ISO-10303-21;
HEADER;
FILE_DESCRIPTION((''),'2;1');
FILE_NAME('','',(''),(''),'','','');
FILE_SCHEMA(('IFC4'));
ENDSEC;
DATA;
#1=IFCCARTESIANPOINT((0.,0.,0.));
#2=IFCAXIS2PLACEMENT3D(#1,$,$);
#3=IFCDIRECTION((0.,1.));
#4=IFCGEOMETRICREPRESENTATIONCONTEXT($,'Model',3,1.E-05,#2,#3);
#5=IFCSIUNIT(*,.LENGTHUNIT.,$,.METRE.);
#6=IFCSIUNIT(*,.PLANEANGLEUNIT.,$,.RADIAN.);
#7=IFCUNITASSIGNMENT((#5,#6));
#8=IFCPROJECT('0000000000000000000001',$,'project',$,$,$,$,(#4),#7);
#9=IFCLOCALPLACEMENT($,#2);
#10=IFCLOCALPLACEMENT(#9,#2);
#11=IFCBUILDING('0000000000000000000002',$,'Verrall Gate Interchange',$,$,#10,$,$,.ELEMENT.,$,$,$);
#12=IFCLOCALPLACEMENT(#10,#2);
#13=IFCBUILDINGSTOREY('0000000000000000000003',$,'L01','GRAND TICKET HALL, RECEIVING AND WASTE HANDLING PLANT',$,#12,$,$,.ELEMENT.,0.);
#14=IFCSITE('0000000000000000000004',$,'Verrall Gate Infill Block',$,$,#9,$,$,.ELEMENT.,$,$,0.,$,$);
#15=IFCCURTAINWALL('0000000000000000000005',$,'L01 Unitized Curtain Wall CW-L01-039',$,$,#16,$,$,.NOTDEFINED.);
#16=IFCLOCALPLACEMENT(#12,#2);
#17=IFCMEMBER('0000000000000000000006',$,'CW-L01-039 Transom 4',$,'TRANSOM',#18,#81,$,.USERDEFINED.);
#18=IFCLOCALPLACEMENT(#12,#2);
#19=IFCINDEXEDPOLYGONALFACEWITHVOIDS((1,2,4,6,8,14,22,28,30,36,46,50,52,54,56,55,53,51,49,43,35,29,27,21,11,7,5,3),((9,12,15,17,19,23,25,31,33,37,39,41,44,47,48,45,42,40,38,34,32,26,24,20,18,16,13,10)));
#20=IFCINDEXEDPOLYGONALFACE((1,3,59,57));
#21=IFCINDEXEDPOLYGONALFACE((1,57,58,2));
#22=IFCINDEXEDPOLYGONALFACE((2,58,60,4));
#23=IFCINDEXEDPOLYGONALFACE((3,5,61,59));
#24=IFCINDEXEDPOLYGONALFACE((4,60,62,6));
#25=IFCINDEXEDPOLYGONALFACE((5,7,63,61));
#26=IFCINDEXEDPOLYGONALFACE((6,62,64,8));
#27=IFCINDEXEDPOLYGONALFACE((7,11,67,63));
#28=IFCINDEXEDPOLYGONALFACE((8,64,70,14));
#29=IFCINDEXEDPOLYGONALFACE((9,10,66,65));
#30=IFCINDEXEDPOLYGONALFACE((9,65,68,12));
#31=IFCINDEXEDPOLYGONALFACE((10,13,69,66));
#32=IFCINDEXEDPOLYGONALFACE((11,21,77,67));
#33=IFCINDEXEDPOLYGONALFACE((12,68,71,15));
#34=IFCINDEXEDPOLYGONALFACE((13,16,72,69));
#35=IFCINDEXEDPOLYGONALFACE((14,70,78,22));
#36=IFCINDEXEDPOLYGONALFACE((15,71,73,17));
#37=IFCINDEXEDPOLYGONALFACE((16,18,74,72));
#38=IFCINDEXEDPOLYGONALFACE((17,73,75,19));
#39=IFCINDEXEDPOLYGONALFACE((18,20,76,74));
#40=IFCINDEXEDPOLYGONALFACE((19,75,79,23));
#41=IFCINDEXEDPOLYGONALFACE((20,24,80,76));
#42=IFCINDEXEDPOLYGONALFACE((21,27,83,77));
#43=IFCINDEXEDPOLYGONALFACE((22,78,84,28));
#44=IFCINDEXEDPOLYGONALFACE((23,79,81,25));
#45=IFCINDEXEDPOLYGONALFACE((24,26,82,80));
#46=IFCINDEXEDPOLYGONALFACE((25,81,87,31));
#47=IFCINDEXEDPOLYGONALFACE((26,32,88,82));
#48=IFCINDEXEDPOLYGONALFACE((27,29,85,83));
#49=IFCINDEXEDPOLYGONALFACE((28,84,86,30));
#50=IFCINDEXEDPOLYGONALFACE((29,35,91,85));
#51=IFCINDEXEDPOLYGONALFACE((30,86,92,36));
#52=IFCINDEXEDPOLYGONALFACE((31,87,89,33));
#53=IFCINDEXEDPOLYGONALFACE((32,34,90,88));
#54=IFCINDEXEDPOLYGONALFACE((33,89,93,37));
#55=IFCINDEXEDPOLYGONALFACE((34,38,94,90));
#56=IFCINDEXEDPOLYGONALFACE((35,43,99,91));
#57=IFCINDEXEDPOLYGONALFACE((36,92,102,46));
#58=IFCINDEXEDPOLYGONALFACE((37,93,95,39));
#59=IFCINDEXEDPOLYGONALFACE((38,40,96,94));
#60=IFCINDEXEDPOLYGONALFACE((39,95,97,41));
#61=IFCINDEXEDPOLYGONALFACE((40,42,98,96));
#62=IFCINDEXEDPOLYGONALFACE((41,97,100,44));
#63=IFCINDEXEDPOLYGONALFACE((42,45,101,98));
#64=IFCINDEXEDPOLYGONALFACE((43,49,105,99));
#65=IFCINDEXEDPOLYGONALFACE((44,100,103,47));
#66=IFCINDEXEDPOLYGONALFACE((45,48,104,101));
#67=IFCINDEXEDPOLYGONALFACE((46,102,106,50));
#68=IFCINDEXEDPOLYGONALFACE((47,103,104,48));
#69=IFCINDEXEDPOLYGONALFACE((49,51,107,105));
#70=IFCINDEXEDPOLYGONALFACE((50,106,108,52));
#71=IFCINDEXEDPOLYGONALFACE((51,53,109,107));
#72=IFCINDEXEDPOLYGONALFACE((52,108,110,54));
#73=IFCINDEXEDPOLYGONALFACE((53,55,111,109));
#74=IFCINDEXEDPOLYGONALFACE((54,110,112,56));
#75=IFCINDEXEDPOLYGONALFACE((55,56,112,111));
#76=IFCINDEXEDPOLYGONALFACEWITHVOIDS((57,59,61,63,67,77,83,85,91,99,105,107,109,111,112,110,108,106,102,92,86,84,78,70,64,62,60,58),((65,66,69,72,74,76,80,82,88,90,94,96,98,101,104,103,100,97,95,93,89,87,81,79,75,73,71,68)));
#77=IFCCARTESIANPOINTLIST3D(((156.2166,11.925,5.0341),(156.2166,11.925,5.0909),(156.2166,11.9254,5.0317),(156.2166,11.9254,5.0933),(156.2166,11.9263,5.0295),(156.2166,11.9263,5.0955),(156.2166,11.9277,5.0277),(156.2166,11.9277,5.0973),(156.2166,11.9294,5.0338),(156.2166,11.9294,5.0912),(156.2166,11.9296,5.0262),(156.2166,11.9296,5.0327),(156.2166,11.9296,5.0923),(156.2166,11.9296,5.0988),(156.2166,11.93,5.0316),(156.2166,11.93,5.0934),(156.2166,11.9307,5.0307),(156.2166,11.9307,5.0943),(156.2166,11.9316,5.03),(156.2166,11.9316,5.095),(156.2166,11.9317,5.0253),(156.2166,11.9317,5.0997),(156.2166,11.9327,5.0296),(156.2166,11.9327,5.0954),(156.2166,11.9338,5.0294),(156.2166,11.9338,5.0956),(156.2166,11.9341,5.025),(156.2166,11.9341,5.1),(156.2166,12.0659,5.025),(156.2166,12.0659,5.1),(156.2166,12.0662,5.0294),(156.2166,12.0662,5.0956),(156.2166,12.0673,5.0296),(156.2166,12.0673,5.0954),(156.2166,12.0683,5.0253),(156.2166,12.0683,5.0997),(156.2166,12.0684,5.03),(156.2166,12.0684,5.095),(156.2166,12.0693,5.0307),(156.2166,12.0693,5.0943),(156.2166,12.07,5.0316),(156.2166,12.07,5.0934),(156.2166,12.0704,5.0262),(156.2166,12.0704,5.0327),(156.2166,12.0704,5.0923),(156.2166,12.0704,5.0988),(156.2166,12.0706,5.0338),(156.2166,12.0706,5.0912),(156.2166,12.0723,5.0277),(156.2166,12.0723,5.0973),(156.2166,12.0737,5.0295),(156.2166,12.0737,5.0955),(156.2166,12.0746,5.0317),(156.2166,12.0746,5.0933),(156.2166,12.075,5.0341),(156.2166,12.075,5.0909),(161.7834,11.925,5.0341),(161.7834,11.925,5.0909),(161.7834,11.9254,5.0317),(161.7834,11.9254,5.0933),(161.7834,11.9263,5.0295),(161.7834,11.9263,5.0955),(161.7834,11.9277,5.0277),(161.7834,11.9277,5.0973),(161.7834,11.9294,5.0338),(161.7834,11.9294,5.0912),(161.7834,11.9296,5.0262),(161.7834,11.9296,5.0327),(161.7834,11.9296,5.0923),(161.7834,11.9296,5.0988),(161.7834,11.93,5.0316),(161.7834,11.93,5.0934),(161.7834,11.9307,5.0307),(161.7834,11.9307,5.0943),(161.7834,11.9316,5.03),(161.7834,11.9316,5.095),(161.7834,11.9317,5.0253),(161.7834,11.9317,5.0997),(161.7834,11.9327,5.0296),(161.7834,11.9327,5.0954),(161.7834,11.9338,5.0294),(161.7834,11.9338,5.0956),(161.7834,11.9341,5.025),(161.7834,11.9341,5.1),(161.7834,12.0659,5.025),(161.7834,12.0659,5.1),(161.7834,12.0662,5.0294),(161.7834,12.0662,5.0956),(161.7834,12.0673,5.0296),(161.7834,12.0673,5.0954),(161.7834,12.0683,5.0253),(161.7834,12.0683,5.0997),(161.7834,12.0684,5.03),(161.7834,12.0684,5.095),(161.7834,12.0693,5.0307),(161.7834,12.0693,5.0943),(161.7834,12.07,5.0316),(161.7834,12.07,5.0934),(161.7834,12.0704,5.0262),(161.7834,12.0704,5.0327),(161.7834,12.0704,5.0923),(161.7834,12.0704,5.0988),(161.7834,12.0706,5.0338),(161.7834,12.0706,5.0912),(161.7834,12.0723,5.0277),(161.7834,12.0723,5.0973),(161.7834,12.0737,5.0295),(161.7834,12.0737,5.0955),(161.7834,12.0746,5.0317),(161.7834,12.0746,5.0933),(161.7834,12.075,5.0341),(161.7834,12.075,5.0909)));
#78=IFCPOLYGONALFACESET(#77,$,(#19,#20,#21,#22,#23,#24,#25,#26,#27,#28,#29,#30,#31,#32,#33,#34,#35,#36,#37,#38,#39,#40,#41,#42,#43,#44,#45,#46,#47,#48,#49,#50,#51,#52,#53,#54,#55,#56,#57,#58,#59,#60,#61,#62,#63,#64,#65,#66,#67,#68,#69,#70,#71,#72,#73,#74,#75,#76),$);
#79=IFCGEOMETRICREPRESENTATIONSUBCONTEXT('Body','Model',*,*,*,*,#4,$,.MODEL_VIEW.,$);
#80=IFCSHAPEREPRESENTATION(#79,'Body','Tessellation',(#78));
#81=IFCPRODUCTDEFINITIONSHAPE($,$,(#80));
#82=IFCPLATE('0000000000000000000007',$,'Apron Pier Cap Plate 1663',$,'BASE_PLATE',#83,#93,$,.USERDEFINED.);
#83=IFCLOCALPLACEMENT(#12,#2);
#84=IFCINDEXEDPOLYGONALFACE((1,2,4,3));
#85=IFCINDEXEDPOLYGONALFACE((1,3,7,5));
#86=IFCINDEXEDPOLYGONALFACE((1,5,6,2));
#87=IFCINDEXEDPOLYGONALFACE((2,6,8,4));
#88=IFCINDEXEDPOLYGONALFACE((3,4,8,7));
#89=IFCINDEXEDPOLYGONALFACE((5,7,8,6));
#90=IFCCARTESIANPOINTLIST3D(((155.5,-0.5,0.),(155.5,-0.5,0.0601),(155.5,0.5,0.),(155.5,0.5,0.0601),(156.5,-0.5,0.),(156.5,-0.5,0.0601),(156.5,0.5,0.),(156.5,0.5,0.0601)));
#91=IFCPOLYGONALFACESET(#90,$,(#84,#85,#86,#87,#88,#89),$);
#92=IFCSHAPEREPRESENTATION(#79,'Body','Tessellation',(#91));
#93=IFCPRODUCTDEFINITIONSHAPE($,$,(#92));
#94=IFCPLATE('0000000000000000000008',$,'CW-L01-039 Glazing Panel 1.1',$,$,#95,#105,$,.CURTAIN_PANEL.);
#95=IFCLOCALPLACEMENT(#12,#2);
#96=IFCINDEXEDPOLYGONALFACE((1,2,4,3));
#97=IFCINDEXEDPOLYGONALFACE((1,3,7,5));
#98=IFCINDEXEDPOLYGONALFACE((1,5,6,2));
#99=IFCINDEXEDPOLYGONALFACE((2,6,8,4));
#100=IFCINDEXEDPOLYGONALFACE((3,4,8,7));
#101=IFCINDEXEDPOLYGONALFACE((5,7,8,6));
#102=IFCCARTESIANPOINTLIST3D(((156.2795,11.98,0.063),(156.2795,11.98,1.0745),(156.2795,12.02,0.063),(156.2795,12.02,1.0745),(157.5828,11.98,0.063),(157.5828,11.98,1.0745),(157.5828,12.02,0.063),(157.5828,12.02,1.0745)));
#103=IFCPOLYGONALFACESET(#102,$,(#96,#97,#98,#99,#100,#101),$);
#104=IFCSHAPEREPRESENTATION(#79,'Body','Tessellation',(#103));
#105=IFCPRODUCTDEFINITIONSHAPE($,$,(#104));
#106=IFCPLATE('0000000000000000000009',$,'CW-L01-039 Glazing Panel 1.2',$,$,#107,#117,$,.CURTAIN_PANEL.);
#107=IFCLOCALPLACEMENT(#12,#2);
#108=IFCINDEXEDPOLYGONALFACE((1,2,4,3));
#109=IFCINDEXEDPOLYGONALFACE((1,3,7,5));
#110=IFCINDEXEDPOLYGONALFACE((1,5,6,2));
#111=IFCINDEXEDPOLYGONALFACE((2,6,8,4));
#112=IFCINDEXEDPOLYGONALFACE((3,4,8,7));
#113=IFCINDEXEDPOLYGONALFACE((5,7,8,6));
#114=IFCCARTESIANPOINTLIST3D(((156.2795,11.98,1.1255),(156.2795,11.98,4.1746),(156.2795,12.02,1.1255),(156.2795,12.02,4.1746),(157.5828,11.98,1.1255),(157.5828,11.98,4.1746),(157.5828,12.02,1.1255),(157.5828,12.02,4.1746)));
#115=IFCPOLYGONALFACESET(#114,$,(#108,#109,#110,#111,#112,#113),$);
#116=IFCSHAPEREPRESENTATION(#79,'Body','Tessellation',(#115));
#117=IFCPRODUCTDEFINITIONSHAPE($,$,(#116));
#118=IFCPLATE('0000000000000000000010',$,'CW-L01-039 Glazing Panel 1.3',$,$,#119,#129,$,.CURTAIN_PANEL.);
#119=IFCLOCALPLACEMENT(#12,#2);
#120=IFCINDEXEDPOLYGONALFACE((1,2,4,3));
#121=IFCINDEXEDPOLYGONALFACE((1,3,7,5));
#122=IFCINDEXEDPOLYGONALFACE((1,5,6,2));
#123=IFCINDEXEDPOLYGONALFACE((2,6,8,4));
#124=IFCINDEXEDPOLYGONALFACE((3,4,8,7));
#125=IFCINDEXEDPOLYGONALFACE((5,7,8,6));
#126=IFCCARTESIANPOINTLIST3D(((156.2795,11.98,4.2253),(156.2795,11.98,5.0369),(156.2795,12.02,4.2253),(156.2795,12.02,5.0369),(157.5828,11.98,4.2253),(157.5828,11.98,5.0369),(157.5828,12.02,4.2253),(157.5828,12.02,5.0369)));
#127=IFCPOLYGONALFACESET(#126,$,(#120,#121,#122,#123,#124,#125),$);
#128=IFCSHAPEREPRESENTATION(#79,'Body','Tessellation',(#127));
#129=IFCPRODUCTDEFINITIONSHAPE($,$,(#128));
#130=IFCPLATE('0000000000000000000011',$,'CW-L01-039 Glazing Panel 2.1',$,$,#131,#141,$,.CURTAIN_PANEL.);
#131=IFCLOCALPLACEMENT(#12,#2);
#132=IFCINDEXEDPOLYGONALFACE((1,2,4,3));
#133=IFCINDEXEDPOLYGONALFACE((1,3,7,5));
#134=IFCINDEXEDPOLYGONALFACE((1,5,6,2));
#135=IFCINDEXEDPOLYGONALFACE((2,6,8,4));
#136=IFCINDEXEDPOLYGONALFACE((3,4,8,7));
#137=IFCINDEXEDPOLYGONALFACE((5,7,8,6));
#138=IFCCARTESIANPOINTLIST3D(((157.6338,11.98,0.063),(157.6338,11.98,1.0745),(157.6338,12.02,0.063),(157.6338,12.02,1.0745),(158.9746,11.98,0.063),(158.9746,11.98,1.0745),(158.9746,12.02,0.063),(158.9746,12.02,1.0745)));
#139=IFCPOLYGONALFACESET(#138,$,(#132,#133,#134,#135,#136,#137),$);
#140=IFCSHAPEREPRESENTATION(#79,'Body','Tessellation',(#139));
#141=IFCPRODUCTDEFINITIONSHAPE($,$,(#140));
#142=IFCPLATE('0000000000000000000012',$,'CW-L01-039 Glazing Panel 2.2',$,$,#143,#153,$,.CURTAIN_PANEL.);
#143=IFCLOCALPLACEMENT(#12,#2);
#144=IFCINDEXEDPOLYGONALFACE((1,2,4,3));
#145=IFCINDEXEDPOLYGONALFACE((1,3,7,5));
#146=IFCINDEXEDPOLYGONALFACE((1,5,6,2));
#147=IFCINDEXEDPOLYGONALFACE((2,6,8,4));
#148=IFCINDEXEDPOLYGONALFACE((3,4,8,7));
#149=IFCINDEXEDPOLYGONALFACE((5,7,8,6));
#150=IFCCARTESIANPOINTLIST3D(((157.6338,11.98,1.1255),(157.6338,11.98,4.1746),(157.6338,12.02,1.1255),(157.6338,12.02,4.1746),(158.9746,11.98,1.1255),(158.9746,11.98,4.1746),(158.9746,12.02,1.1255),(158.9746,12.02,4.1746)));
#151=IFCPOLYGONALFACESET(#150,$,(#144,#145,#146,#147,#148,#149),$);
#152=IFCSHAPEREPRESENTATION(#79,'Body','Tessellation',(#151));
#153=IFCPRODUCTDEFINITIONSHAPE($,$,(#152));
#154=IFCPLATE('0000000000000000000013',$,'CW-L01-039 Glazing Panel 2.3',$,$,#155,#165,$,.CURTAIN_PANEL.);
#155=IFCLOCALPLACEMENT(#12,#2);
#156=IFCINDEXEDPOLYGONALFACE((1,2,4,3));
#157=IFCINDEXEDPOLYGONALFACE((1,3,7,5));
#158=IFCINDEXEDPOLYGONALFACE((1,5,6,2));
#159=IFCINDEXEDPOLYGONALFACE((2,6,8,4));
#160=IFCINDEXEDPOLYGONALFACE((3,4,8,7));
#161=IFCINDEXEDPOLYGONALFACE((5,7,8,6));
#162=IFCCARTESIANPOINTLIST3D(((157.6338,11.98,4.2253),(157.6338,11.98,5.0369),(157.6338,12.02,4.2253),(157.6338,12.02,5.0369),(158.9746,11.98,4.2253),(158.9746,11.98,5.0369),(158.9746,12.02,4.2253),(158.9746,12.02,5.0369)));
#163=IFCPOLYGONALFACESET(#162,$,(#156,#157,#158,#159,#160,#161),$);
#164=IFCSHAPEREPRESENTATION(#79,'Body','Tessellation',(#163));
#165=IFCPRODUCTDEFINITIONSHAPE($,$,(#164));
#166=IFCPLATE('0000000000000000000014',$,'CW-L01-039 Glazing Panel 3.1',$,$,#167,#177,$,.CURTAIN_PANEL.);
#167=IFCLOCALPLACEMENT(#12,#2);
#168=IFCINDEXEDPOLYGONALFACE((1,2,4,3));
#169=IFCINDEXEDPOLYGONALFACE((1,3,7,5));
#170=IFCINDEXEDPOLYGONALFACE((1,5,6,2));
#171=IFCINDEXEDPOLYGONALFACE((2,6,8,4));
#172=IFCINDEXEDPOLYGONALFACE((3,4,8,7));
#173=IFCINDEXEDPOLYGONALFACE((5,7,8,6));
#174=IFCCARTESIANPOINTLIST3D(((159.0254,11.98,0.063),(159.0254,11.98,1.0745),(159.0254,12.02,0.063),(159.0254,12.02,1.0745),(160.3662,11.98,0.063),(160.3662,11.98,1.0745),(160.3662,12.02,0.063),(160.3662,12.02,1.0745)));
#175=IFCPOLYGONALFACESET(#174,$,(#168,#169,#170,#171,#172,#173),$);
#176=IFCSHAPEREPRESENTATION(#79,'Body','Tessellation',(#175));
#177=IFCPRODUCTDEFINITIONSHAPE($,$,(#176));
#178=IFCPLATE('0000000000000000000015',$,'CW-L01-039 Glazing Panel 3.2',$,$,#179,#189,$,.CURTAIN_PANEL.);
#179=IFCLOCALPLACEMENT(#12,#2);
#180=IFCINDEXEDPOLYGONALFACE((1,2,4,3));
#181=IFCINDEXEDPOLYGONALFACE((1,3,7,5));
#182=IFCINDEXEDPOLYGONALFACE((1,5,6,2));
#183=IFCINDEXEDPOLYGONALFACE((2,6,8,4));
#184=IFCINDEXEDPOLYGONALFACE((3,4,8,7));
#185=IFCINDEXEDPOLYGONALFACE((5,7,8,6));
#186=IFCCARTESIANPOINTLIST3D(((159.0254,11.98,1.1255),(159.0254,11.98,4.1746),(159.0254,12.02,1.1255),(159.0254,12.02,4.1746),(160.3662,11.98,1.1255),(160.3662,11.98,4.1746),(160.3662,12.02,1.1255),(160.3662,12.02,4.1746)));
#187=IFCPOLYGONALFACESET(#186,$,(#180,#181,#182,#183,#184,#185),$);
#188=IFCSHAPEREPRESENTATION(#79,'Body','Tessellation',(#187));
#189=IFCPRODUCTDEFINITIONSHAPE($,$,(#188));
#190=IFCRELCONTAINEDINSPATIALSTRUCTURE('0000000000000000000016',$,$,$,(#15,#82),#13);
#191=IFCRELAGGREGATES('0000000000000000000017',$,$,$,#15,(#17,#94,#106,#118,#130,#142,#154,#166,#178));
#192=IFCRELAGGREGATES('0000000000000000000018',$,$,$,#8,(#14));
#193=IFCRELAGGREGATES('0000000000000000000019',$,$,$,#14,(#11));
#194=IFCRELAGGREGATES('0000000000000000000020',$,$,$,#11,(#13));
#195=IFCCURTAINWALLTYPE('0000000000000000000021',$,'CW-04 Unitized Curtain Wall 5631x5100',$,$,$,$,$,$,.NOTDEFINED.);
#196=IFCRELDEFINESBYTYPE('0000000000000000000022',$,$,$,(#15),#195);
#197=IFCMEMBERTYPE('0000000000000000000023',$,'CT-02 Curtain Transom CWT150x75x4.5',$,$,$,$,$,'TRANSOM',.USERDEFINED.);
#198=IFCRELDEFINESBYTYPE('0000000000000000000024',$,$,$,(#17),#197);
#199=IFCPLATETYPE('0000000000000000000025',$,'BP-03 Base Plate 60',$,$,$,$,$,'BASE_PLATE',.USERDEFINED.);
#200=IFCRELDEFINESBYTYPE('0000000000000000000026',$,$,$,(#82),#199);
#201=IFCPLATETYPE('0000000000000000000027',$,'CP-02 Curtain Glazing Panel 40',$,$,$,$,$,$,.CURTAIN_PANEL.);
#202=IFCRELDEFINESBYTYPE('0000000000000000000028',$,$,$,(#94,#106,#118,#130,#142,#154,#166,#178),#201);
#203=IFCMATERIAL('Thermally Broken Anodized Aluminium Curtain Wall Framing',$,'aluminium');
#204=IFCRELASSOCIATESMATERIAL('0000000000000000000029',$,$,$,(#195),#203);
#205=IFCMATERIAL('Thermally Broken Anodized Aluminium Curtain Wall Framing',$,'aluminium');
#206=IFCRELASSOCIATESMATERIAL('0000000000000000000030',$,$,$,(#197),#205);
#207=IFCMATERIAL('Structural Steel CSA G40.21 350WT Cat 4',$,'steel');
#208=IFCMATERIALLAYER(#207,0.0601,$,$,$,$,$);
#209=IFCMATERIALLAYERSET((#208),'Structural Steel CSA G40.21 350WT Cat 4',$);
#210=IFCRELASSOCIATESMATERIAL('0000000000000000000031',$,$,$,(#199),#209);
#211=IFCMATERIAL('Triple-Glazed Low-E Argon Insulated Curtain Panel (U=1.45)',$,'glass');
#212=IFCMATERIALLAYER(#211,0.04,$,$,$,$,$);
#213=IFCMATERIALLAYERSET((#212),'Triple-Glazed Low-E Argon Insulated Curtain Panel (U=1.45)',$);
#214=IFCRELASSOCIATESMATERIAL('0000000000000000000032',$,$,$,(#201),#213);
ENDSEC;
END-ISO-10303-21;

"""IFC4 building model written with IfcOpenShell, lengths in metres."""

from ifc_helpers import new_model, si_unit, direction, frame, origin, origin_2d, place, context, subcontext, project, spatial, rectangle, hollow_rectangle, extrude, material, layer, layer_set, material_profile, profile_set, type_object, element, aggregate, save


model = new_model("IFC4")

# Units and contexts
model_context = context("Model", 3, precision=1e-05, world=origin(), true_north=direction((0.0, 1.0)))
body_context = subcontext(model_context, "Body", "Model", "MODEL_VIEW")
ifc_project = project(units=[si_unit("LENGTHUNIT", "METRE"), si_unit("PLANEANGLEUNIT", "RADIAN")], contexts=[model_context])

# Site, building, storey
site_placement = place(None, origin())
site = spatial("IfcSite", under=ifc_project, at=site_placement, Name="Verrall Gate Infill Block", CompositionType="ELEMENT", RefElevation=0.0)
building_placement = place(site_placement, origin())
building = spatial("IfcBuilding", under=site, at=building_placement, Name="Verrall Gate Interchange", CompositionType="ELEMENT")
storey_placement = place(building_placement, origin())
storey = spatial("IfcBuildingStorey", under=building, at=storey_placement, Name="L01", Description="GRAND TICKET HALL, RECEIVING AND WASTE HANDLING PLANT", CompositionType="ELEMENT", Elevation=0.0)

# Curtain wall, member
ifc_material_1 = material(Name="Thermally Broken Anodized Aluminium Curtain Wall Framing", Category="aluminium")
curtain_wall_type = type_object("IfcCurtainWallType", Name="CW-04 Unitized Curtain Wall 5631x5100", PredefinedType="NOTDEFINED", material=ifc_material_1)
curtain_wall_placement = place(storey_placement, origin())
curtain_wall = element("IfcCurtainWall", 1, at=curtain_wall_placement, inside=storey, type_object=curtain_wall_type, Name="L01 Unitized Curtain Wall CW-L01-039", PredefinedType="NOTDEFINED")
ifc_material_2 = material(Name="Thermally Broken Anodized Aluminium Curtain Wall Framing", Category="aluminium")
ifc_material_profile_1 = material_profile(ifc_material_2, hollow_rectangle(XDim=0.1499, YDim=0.075, WallThickness=0.0044, InnerFilletRadius=0.0044, OuterFilletRadius=0.009, at=origin_2d()), Name="CWT150x75x4.5")
ifc_profile_set_1 = profile_set([ifc_material_profile_1], Name="Thermally Broken Anodized Aluminium Curtain Wall Framing")
member_type_1 = type_object("IfcMemberType", Name="CT-02 Curtain Transom CWT150x75x4.5", ElementType="TRANSOM", PredefinedType="USERDEFINED", material=ifc_profile_set_1)
member_1_placement = place(storey_placement, frame((156.2166, 12.0, 5.0625), z_axis=(1.0, 0.0, 0.0), x_axis=(0.0, 1.0, 0.0)))
member_1 = element("IfcMember", 2, at=member_1_placement, type_object=member_type_1, Name="CW-L01-039 Transom 4", ObjectType="TRANSOM", PredefinedType="USERDEFINED", context=body_context, shape_type="SweptSolid", body=[
    extrude(hollow_rectangle(XDim=0.1499, YDim=0.075, WallThickness=0.0044, InnerFilletRadius=0.0044, OuterFilletRadius=0.009, at=origin_2d()), origin(), (0.0, 0.0, 1.0), 5.5669),
])

# Plates
ifc_material_3 = material(Name="Structural Steel CSA G40.21 350WT Cat 4", Category="steel")
ifc_layer_1 = layer(ifc_material_3, 0.0601)
ifc_layer_set_1 = layer_set([ifc_layer_1], Name="Structural Steel CSA G40.21 350WT Cat 4")
plate_type_1 = type_object("IfcPlateType", Name="BP-03 Base Plate 60", ElementType="BASE_PLATE", PredefinedType="USERDEFINED", material=ifc_layer_set_1)
plate_1_placement = place(storey_placement, frame((156.0, 0.0, 0.0), z_axis=(0.0, 0.0, 1.0), x_axis=(1.0, 0.0, 0.0)))
element("IfcPlate", 3, at=plate_1_placement, inside=storey, type_object=plate_type_1, Name="Apron Pier Cap Plate 1663", ObjectType="BASE_PLATE", PredefinedType="USERDEFINED", context=body_context, shape_type="SweptSolid", body=[
    extrude(rectangle(XDim=1.0, YDim=1.0, at=origin_2d()), origin(), (0.0, 0.0, 1.0), 0.0601),
])
ifc_material_4 = material(Name="Triple-Glazed Low-E Argon Insulated Curtain Panel (U=1.45)", Category="glass")
ifc_layer_2 = layer(ifc_material_4, 0.04)
ifc_layer_set_2 = layer_set([ifc_layer_2], Name="Triple-Glazed Low-E Argon Insulated Curtain Panel (U=1.45)")
plate_type_2 = type_object("IfcPlateType", Name="CP-02 Curtain Glazing Panel 40", PredefinedType="CURTAIN_PANEL", material=ifc_layer_set_2)
plate_2_placement = place(storey_placement, frame((156.9312, 12.0, 0.063), z_axis=(0.0, 0.0, 1.0), x_axis=(1.0, 0.0, 0.0)))
plate_2 = element("IfcPlate", 4, at=plate_2_placement, type_object=plate_type_2, Name="CW-L01-039 Glazing Panel 1.1", PredefinedType="CURTAIN_PANEL", context=body_context, shape_type="SweptSolid", body=[
    extrude(rectangle(XDim=1.3032, YDim=0.04, at=origin_2d()), origin(), (0.0, 0.0, 1.0), 1.0115),
])
plate_3_placement = place(storey_placement, frame((156.9312, 12.0, 1.1255), z_axis=(0.0, 0.0, 1.0), x_axis=(1.0, 0.0, 0.0)))
plate_3 = element("IfcPlate", 5, at=plate_3_placement, type_object=plate_type_2, Name="CW-L01-039 Glazing Panel 1.2", PredefinedType="CURTAIN_PANEL", context=body_context, shape_type="SweptSolid", body=[
    extrude(rectangle(XDim=1.3032, YDim=0.04, at=origin_2d()), origin(), (0.0, 0.0, 1.0), 3.0491),
])
plate_4_placement = place(storey_placement, frame((156.9312, 12.0, 4.2253), z_axis=(0.0, 0.0, 1.0), x_axis=(1.0, 0.0, 0.0)))
plate_4 = element("IfcPlate", 6, at=plate_4_placement, type_object=plate_type_2, Name="CW-L01-039 Glazing Panel 1.3", PredefinedType="CURTAIN_PANEL", context=body_context, shape_type="SweptSolid", body=[
    extrude(rectangle(XDim=1.3032, YDim=0.04, at=origin_2d()), origin(), (0.0, 0.0, 1.0), 0.8115),
])
plate_5_placement = place(storey_placement, frame((158.3042, 12.0, 0.063), z_axis=(0.0, 0.0, 1.0), x_axis=(1.0, 0.0, 0.0)))
plate_5 = element("IfcPlate", 7, at=plate_5_placement, type_object=plate_type_2, Name="CW-L01-039 Glazing Panel 2.1", PredefinedType="CURTAIN_PANEL", context=body_context, shape_type="SweptSolid", body=[
    extrude(rectangle(XDim=1.3408, YDim=0.04, at=origin_2d()), origin(), (0.0, 0.0, 1.0), 1.0115),
])
plate_6_placement = place(storey_placement, frame((158.3042, 12.0, 1.1255), z_axis=(0.0, 0.0, 1.0), x_axis=(1.0, 0.0, 0.0)))
plate_6 = element("IfcPlate", 8, at=plate_6_placement, type_object=plate_type_2, Name="CW-L01-039 Glazing Panel 2.2", PredefinedType="CURTAIN_PANEL", context=body_context, shape_type="SweptSolid", body=[
    extrude(rectangle(XDim=1.3408, YDim=0.04, at=origin_2d()), origin(), (0.0, 0.0, 1.0), 3.0491),
])
plate_7_placement = place(storey_placement, frame((158.3042, 12.0, 4.2253), z_axis=(0.0, 0.0, 1.0), x_axis=(1.0, 0.0, 0.0)))
plate_7 = element("IfcPlate", 9, at=plate_7_placement, type_object=plate_type_2, Name="CW-L01-039 Glazing Panel 2.3", PredefinedType="CURTAIN_PANEL", context=body_context, shape_type="SweptSolid", body=[
    extrude(rectangle(XDim=1.3408, YDim=0.04, at=origin_2d()), origin(), (0.0, 0.0, 1.0), 0.8115),
])
plate_8_placement = place(storey_placement, frame((159.6958, 12.0, 0.063), z_axis=(0.0, 0.0, 1.0), x_axis=(1.0, 0.0, 0.0)))
plate_8 = element("IfcPlate", 10, at=plate_8_placement, type_object=plate_type_2, Name="CW-L01-039 Glazing Panel 3.1", PredefinedType="CURTAIN_PANEL", context=body_context, shape_type="SweptSolid", body=[
    extrude(rectangle(XDim=1.3408, YDim=0.04, at=origin_2d()), origin(), (0.0, 0.0, 1.0), 1.0115),
])
plate_9_placement = place(storey_placement, frame((159.6958, 12.0, 1.1255), z_axis=(0.0, 0.0, 1.0), x_axis=(1.0, 0.0, 0.0)))
plate_9 = element("IfcPlate", 11, at=plate_9_placement, type_object=plate_type_2, Name="CW-L01-039 Glazing Panel 3.2", PredefinedType="CURTAIN_PANEL", context=body_context, shape_type="SweptSolid", body=[
    extrude(rectangle(XDim=1.3408, YDim=0.04, at=origin_2d()), origin(), (0.0, 0.0, 1.0), 3.0491),
])
aggregate(curtain_wall, [member_1, plate_2, plate_3, plate_4, plate_5, plate_6, plate_7, plate_8, plate_9])

save(model, "model.ifc")
